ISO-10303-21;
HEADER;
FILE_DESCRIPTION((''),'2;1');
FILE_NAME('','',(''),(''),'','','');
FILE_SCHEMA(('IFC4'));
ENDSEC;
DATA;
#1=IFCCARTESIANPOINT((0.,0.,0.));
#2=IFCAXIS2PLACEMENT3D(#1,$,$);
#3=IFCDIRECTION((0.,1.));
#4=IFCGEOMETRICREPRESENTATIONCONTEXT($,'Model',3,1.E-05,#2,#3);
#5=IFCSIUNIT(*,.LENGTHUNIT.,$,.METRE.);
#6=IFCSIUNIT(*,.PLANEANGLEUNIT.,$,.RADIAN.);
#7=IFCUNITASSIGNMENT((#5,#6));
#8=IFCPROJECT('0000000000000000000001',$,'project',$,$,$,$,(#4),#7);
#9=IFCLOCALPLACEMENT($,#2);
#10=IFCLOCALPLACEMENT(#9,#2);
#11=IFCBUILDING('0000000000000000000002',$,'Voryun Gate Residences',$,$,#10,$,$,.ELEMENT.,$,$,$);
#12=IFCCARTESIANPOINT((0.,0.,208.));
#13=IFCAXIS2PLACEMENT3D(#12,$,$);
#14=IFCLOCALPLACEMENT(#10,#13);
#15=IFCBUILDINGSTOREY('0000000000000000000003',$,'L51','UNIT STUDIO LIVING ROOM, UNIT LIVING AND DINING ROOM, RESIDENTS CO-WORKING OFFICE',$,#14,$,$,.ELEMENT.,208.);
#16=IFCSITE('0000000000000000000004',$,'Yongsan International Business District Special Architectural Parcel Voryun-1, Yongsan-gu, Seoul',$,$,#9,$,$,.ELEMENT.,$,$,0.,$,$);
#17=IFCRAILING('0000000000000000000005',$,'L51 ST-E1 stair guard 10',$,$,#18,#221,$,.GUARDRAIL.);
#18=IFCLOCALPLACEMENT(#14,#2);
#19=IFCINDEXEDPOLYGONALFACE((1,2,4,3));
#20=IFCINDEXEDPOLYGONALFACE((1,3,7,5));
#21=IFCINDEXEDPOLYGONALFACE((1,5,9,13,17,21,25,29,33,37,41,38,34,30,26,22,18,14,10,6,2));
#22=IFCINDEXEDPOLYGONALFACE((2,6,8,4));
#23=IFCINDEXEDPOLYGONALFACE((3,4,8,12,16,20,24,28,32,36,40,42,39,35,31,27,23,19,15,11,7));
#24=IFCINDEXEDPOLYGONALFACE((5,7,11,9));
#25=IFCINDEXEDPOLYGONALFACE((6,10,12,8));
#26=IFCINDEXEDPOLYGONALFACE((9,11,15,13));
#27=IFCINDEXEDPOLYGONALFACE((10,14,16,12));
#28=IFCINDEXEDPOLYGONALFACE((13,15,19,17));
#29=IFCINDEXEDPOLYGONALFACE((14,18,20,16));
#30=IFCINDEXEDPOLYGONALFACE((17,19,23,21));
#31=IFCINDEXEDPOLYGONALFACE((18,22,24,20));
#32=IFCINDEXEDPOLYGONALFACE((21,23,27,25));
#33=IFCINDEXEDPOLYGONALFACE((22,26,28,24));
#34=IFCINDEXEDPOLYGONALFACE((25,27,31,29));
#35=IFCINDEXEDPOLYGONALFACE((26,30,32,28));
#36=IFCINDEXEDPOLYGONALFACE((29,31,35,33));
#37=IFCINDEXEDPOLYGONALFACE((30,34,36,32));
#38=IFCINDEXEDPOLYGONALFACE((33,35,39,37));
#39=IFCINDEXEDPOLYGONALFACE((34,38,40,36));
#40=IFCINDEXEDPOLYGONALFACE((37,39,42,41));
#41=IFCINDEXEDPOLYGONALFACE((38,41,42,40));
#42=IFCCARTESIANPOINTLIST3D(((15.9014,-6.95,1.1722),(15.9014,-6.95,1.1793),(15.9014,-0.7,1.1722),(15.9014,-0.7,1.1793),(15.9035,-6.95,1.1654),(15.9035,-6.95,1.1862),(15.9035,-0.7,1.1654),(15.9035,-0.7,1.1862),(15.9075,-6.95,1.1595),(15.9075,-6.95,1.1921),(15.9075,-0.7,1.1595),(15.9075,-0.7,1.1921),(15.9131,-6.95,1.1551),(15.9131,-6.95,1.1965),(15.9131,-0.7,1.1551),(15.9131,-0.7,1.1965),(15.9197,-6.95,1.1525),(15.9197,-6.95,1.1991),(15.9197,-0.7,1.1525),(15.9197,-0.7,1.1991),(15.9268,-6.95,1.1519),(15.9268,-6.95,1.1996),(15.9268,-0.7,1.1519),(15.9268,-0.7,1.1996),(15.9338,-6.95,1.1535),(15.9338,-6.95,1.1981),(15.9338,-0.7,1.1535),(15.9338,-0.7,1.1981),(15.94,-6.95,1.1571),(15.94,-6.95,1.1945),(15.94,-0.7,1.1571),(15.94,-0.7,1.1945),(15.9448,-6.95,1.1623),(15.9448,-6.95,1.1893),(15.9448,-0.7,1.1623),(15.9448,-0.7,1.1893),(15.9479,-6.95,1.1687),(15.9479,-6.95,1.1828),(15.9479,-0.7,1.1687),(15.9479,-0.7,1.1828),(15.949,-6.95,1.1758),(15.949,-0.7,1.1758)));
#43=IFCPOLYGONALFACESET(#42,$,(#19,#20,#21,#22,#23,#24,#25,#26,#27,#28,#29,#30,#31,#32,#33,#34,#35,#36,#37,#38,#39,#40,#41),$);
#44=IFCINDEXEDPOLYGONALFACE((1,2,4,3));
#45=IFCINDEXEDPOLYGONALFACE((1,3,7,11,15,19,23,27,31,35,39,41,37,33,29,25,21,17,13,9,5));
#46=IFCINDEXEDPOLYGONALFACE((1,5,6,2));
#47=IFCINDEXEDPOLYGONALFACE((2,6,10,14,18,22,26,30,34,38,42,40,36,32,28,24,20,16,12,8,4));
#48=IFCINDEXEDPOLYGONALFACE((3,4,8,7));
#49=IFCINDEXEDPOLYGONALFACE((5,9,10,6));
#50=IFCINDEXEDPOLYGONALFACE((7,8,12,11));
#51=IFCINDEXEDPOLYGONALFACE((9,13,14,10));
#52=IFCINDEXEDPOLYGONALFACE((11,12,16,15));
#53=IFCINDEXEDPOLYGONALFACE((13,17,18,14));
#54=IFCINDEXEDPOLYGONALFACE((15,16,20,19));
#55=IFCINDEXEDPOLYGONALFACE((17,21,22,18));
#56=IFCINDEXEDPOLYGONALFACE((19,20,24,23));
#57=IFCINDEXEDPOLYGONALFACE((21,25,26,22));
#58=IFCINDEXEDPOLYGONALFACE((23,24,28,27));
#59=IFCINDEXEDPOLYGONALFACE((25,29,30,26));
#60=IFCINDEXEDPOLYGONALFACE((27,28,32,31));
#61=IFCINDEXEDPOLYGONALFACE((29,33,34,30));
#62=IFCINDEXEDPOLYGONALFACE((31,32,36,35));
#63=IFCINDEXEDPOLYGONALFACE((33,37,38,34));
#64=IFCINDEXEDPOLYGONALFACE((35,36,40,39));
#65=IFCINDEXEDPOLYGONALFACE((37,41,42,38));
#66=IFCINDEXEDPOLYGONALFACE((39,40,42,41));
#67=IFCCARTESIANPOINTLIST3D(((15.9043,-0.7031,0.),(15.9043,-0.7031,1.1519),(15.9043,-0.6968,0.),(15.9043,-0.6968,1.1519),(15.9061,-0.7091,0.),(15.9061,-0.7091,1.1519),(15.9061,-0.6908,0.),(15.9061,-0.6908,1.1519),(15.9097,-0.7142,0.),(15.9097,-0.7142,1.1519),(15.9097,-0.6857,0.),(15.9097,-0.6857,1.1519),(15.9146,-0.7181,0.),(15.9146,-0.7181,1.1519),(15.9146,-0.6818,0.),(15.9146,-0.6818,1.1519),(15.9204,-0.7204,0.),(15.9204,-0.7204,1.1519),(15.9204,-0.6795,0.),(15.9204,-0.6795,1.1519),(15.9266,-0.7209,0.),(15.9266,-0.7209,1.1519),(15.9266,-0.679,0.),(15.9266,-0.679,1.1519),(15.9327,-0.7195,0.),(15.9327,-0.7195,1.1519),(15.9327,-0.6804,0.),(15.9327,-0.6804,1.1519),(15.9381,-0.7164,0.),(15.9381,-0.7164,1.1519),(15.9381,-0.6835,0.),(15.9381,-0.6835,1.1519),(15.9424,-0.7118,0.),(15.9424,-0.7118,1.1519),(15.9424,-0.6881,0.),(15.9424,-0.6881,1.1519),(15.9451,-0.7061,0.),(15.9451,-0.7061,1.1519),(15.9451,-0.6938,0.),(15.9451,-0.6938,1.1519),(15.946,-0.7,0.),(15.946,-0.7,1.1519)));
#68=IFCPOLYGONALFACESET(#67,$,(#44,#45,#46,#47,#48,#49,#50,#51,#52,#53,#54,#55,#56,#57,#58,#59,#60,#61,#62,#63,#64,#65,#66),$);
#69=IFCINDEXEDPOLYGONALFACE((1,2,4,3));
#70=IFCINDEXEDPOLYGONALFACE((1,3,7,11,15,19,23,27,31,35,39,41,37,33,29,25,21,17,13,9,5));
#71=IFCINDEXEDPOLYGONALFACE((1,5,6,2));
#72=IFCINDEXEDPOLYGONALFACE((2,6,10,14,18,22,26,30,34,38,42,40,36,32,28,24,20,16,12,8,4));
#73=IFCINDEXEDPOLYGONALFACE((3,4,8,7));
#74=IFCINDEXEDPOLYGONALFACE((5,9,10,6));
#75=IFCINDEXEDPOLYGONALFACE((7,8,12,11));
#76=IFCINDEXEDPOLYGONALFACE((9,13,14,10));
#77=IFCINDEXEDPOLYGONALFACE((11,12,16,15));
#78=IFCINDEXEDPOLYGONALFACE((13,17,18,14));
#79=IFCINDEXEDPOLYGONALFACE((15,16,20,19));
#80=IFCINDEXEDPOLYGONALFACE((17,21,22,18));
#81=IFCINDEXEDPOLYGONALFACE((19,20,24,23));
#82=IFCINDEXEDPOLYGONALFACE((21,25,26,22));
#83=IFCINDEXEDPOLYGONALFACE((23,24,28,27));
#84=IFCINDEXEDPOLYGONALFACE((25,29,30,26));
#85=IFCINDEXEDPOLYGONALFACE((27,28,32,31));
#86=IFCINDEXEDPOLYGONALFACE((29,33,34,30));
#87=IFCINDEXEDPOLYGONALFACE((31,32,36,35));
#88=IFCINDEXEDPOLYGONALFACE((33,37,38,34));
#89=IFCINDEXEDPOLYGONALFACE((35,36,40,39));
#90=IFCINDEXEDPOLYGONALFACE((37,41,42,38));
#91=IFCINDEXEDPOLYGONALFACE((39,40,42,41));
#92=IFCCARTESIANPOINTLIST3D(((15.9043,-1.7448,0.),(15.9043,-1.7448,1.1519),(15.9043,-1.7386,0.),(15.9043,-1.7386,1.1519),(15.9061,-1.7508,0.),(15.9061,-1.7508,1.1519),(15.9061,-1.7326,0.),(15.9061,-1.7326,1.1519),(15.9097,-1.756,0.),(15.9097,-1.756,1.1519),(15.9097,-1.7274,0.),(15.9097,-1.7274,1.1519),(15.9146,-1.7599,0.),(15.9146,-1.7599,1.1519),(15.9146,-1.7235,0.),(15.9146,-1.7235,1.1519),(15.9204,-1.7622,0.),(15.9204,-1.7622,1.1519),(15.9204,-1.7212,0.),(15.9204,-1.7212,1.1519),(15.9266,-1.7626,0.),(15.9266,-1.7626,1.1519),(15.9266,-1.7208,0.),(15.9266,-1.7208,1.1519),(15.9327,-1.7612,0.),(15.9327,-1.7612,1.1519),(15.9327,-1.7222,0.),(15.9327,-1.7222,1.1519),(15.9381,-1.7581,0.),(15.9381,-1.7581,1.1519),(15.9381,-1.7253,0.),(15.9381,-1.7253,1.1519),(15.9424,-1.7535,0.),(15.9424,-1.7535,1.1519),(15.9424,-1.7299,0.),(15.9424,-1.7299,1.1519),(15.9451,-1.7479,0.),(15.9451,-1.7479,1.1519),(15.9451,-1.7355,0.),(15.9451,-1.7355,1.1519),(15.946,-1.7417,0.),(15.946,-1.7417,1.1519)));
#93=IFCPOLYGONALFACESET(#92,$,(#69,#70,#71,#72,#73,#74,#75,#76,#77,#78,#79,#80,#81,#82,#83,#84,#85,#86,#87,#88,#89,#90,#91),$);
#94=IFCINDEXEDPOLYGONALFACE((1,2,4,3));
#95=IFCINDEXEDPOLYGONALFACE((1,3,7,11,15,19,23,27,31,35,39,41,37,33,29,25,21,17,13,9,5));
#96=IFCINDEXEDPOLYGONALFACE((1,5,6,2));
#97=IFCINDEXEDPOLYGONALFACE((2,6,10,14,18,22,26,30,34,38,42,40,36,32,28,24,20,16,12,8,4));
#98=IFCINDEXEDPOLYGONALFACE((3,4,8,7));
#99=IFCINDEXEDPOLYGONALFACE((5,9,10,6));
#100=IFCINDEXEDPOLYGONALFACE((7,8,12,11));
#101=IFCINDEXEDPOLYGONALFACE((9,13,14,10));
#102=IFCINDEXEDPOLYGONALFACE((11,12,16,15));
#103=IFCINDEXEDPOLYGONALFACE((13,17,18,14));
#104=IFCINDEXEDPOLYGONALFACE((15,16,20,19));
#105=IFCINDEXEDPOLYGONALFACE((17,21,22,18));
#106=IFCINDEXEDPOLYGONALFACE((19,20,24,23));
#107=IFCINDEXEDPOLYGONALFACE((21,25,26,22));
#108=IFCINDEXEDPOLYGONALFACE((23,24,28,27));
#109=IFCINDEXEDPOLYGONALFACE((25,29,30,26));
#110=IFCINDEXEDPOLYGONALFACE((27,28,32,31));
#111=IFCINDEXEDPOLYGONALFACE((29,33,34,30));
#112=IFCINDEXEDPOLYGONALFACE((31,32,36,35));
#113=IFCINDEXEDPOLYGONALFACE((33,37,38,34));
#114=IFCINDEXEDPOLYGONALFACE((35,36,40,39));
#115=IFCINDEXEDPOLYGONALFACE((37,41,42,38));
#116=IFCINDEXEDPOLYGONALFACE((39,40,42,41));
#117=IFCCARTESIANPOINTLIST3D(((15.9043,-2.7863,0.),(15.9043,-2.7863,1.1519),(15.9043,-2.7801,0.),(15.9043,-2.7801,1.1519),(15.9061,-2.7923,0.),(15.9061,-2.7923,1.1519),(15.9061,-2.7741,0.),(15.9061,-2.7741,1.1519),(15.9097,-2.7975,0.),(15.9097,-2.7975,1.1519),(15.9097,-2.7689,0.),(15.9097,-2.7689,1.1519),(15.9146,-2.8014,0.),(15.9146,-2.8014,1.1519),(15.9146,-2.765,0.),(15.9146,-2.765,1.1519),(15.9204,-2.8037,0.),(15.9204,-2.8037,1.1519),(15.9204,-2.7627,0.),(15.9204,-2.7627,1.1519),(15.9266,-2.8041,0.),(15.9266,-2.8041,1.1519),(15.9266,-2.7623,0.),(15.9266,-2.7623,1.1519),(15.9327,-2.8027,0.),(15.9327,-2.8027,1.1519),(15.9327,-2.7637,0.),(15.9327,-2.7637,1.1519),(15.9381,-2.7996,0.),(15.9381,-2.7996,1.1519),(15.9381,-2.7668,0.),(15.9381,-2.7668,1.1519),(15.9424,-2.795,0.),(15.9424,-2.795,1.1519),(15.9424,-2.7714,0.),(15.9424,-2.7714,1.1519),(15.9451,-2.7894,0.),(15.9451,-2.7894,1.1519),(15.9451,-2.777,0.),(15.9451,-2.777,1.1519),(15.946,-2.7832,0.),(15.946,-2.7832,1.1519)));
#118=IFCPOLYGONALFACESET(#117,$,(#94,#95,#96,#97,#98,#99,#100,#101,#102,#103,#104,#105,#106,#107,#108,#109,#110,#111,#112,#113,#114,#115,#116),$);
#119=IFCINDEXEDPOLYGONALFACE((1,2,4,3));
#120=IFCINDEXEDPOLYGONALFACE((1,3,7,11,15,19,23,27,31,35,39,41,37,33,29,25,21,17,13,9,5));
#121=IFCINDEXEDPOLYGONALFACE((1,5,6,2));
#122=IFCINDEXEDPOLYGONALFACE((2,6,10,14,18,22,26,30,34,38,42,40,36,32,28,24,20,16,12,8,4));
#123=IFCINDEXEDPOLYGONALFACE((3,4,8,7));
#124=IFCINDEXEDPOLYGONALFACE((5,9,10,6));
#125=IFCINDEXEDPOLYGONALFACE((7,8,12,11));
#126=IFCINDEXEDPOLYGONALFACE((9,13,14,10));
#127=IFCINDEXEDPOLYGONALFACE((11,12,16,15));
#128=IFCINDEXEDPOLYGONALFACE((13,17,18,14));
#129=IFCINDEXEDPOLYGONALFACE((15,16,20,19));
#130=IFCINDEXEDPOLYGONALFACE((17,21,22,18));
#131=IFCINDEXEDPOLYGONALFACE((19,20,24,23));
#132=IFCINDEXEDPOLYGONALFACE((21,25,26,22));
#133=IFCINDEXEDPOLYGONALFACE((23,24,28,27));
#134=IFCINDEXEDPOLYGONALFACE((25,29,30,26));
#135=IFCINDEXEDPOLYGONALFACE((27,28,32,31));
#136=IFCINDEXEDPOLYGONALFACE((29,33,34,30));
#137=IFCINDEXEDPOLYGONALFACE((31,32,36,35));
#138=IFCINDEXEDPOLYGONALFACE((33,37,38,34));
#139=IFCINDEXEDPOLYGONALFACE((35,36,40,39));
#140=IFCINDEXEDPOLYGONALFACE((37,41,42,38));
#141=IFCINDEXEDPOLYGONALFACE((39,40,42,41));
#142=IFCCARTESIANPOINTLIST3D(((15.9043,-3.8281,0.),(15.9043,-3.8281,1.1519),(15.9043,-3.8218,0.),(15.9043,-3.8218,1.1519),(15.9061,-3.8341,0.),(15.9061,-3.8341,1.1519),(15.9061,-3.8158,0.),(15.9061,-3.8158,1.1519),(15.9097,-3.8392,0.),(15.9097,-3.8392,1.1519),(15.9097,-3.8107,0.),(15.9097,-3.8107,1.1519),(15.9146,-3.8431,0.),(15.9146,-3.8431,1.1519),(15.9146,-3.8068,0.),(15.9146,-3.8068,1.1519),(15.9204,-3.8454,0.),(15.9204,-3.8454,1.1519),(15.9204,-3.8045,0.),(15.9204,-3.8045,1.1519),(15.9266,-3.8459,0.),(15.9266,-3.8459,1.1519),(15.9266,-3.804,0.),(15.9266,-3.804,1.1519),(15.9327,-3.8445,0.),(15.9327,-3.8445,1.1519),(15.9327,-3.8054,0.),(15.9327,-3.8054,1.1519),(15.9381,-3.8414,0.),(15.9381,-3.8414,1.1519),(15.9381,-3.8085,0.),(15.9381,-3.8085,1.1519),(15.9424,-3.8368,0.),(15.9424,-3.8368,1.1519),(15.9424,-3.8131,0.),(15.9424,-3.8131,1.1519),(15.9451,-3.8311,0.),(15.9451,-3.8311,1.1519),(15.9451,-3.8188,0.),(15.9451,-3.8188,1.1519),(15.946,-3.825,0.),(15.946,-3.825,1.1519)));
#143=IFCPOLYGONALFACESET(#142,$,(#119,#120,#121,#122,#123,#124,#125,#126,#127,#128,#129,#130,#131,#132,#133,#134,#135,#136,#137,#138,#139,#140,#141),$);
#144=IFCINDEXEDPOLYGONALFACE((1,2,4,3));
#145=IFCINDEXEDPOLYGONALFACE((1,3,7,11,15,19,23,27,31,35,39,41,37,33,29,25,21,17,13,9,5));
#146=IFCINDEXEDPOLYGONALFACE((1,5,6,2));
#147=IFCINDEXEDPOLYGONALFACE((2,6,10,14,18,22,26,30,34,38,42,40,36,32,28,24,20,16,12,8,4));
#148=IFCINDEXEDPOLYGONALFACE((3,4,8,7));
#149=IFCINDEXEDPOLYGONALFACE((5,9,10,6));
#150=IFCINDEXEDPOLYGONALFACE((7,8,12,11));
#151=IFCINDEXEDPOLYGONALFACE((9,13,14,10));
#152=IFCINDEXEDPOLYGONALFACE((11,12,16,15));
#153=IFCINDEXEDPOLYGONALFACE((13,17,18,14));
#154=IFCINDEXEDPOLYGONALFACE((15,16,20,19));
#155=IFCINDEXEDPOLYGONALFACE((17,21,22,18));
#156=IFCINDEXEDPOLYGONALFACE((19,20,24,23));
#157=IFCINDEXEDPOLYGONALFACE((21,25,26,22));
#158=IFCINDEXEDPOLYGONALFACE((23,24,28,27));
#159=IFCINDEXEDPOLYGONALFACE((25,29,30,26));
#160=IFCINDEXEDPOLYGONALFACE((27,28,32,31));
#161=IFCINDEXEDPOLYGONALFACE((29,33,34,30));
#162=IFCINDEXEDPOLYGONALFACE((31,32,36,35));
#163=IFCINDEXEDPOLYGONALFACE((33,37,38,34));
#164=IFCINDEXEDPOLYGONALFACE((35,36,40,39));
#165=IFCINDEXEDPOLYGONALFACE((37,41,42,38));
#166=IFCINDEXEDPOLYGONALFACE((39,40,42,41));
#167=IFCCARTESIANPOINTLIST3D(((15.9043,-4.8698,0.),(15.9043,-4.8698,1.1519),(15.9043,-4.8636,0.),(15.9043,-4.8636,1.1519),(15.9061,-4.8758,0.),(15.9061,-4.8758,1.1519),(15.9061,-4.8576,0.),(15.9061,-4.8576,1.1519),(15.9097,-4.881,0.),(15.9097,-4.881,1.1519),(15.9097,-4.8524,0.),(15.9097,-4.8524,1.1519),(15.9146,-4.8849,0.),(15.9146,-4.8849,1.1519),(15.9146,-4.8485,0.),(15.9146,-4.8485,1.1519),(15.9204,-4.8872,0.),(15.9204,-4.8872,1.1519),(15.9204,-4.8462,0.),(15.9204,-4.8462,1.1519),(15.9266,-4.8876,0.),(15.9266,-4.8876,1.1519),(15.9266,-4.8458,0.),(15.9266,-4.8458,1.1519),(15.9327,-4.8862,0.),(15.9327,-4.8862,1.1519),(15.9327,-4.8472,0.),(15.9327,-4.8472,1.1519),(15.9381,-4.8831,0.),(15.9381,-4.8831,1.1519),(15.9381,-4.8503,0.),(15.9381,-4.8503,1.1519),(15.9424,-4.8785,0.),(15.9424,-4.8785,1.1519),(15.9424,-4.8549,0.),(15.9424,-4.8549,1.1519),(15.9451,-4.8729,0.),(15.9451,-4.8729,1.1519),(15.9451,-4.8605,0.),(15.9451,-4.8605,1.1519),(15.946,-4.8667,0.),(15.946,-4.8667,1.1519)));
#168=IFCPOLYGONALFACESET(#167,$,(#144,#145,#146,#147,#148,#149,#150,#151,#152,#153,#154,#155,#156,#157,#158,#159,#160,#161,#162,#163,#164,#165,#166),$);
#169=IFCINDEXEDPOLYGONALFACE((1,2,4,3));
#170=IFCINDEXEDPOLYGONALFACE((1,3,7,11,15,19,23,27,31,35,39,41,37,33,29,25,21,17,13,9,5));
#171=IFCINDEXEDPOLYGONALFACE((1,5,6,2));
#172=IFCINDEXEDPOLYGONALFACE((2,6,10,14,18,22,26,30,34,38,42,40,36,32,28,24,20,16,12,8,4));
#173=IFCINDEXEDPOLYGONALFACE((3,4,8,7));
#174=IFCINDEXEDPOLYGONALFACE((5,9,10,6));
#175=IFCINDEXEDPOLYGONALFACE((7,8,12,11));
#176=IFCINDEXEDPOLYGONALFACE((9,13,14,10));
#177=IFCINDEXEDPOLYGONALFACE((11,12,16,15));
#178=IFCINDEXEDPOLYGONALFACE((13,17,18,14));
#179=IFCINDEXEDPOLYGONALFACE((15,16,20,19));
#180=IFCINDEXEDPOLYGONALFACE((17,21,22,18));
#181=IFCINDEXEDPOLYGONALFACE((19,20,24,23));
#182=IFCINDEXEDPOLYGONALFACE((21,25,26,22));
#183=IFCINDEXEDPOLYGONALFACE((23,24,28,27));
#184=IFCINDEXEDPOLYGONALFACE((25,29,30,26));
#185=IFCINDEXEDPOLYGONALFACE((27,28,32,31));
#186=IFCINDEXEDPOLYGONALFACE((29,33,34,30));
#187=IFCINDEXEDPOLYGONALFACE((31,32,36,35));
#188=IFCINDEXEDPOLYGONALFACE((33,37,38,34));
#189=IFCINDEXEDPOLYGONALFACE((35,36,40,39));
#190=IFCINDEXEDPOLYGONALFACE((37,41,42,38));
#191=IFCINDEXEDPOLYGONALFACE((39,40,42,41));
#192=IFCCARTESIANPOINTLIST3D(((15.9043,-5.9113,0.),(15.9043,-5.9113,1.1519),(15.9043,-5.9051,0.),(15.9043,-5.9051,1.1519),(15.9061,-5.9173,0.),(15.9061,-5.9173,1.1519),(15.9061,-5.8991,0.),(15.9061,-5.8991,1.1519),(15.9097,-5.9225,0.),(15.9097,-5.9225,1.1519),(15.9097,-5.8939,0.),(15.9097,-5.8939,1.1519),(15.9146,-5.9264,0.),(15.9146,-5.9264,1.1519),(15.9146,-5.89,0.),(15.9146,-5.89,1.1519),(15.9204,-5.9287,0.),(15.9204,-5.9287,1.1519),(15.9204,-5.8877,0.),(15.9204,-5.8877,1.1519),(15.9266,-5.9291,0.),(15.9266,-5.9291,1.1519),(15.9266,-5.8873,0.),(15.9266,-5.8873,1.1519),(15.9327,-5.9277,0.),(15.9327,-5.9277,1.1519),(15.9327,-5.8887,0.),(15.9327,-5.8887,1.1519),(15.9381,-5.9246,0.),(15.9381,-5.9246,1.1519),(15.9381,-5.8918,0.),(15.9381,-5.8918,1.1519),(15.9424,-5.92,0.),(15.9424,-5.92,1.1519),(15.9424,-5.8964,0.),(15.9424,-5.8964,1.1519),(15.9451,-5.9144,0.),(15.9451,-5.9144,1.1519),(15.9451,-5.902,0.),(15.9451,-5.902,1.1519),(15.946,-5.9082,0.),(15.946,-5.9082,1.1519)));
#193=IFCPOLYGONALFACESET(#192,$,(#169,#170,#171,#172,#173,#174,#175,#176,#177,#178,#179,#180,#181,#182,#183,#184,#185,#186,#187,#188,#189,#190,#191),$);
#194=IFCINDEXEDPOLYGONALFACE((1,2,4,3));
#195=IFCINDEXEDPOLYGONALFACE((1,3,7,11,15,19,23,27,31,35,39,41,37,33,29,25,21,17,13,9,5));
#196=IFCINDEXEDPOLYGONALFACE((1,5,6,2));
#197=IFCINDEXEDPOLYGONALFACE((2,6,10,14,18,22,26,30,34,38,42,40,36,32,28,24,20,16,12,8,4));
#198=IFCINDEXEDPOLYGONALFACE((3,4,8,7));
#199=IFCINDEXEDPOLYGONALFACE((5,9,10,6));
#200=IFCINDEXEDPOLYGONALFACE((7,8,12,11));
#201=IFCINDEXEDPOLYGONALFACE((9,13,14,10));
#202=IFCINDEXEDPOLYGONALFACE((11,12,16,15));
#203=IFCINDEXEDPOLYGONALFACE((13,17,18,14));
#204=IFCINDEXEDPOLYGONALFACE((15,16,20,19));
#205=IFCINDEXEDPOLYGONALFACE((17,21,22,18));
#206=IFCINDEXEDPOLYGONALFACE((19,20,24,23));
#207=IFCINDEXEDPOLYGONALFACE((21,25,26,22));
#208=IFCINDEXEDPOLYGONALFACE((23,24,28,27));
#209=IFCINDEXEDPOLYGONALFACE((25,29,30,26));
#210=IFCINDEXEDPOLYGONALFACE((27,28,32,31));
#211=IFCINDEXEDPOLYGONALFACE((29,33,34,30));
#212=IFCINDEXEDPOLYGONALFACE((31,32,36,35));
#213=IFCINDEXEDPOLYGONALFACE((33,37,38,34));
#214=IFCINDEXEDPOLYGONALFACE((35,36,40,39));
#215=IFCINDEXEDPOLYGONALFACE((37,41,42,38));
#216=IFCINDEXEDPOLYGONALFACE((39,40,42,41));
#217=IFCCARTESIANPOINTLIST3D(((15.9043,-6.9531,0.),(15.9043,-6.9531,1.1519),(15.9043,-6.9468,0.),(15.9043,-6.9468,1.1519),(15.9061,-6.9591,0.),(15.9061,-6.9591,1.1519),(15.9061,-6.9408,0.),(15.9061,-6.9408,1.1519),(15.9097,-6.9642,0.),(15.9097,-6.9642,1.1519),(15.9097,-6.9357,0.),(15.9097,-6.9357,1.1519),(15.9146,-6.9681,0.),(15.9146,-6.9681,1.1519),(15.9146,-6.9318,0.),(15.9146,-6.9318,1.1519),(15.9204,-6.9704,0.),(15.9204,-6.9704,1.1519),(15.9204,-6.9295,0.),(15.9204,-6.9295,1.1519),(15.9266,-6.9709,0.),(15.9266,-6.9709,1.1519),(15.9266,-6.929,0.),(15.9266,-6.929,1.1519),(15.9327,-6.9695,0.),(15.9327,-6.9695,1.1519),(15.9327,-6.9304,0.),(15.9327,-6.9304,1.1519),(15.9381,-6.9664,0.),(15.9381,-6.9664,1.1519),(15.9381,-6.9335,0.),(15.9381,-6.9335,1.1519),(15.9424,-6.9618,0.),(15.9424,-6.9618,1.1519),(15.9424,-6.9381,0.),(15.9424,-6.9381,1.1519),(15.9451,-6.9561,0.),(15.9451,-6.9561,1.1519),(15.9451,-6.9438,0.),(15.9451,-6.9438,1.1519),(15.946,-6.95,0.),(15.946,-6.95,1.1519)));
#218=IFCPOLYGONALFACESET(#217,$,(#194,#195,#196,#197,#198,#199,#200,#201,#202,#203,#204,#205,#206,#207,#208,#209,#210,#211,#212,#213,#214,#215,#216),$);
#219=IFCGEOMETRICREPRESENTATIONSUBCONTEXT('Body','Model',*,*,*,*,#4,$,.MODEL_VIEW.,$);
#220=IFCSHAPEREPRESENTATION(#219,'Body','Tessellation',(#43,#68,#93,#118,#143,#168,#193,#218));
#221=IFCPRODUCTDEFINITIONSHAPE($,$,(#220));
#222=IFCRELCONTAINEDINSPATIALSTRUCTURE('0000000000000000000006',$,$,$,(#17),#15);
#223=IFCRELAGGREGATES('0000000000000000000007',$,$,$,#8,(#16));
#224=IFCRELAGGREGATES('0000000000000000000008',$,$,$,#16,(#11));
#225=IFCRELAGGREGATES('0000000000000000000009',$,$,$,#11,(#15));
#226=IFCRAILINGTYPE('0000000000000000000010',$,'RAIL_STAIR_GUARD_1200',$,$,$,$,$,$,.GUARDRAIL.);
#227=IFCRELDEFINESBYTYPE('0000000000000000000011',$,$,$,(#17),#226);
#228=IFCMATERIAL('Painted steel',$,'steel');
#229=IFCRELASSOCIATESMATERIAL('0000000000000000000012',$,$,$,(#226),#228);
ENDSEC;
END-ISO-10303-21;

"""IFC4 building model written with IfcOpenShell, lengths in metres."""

from ifc_helpers import new_model, si_unit, direction, frame, origin, origin_2d, place, context, subcontext, project, spatial, circle, extrude, material, type_object, element, save


model = new_model("IFC4")

# Units and contexts
model_context = context("Model", 3, precision=1e-05, world=origin(), true_north=direction((0.0, 1.0)))
body_context = subcontext(model_context, "Body", "Model", "MODEL_VIEW")
ifc_project = project(units=[si_unit("LENGTHUNIT", "METRE"), si_unit("PLANEANGLEUNIT", "RADIAN")], contexts=[model_context])

# Site, building, storey
site_placement = place(None, origin())
site = spatial("IfcSite", under=ifc_project, at=site_placement, Name="Yongsan International Business District Special Architectural Parcel Voryun-1, Yongsan-gu, Seoul", CompositionType="ELEMENT", RefElevation=0.0)
building_placement = place(site_placement, origin())
building = spatial("IfcBuilding", under=site, at=building_placement, Name="Voryun Gate Residences", CompositionType="ELEMENT")
storey_placement = place(building_placement, frame((0.0, 0.0, 208.0)))
storey = spatial("IfcBuildingStorey", under=building, at=storey_placement, Name="L51", Description="UNIT STUDIO LIVING ROOM, UNIT LIVING AND DINING ROOM, RESIDENTS CO-WORKING OFFICE", CompositionType="ELEMENT", Elevation=208.0)

# Railing
ifc_material_1 = material(Name="Painted steel", Category="steel")
railing_type_1 = type_object("IfcRailingType", Name="RAIL_STAIR_GUARD_1200", PredefinedType="GUARDRAIL", material=ifc_material_1)
railing_1_placement = place(storey_placement, frame((15.925, -0.7, 0.0)))
element("IfcRailing", 1, at=railing_1_placement, inside=storey, type_object=railing_type_1, Name="L51 ST-E1 stair guard 10", PredefinedType="GUARDRAIL", context=body_context, shape_type="SweptSolid", body=[
    extrude(circle(Radius=0.0239, at=origin_2d()), frame((0.0, 0.0, 1.1758), z_axis=(0.0, -1.0, 0.0), x_axis=(1.0, 0.0, 0.0)), (0.0, 0.0, 1.0), 6.25),
    extrude(circle(Radius=0.021, at=origin_2d()), origin(), (0.0, 0.0, 1.0), 1.1519),
    extrude(circle(Radius=0.021, at=origin_2d()), frame((0.0, -1.0417, 0.0)), (0.0, 0.0, 1.0), 1.1519),
    extrude(circle(Radius=0.021, at=origin_2d()), frame((0.0, -2.0833, 0.0)), (0.0, 0.0, 1.0), 1.1519),
    extrude(circle(Radius=0.021, at=origin_2d()), frame((0.0, -3.125, 0.0)), (0.0, 0.0, 1.0), 1.1519),
    extrude(circle(Radius=0.021, at=origin_2d()), frame((0.0, -4.1667, 0.0)), (0.0, 0.0, 1.0), 1.1519),
    extrude(circle(Radius=0.021, at=origin_2d()), frame((0.0, -5.2083, 0.0)), (0.0, 0.0, 1.0), 1.1519),
    extrude(circle(Radius=0.021, at=origin_2d()), frame((0.0, -6.25, 0.0)), (0.0, 0.0, 1.0), 1.1519),
])

save(model, "model.ifc")
